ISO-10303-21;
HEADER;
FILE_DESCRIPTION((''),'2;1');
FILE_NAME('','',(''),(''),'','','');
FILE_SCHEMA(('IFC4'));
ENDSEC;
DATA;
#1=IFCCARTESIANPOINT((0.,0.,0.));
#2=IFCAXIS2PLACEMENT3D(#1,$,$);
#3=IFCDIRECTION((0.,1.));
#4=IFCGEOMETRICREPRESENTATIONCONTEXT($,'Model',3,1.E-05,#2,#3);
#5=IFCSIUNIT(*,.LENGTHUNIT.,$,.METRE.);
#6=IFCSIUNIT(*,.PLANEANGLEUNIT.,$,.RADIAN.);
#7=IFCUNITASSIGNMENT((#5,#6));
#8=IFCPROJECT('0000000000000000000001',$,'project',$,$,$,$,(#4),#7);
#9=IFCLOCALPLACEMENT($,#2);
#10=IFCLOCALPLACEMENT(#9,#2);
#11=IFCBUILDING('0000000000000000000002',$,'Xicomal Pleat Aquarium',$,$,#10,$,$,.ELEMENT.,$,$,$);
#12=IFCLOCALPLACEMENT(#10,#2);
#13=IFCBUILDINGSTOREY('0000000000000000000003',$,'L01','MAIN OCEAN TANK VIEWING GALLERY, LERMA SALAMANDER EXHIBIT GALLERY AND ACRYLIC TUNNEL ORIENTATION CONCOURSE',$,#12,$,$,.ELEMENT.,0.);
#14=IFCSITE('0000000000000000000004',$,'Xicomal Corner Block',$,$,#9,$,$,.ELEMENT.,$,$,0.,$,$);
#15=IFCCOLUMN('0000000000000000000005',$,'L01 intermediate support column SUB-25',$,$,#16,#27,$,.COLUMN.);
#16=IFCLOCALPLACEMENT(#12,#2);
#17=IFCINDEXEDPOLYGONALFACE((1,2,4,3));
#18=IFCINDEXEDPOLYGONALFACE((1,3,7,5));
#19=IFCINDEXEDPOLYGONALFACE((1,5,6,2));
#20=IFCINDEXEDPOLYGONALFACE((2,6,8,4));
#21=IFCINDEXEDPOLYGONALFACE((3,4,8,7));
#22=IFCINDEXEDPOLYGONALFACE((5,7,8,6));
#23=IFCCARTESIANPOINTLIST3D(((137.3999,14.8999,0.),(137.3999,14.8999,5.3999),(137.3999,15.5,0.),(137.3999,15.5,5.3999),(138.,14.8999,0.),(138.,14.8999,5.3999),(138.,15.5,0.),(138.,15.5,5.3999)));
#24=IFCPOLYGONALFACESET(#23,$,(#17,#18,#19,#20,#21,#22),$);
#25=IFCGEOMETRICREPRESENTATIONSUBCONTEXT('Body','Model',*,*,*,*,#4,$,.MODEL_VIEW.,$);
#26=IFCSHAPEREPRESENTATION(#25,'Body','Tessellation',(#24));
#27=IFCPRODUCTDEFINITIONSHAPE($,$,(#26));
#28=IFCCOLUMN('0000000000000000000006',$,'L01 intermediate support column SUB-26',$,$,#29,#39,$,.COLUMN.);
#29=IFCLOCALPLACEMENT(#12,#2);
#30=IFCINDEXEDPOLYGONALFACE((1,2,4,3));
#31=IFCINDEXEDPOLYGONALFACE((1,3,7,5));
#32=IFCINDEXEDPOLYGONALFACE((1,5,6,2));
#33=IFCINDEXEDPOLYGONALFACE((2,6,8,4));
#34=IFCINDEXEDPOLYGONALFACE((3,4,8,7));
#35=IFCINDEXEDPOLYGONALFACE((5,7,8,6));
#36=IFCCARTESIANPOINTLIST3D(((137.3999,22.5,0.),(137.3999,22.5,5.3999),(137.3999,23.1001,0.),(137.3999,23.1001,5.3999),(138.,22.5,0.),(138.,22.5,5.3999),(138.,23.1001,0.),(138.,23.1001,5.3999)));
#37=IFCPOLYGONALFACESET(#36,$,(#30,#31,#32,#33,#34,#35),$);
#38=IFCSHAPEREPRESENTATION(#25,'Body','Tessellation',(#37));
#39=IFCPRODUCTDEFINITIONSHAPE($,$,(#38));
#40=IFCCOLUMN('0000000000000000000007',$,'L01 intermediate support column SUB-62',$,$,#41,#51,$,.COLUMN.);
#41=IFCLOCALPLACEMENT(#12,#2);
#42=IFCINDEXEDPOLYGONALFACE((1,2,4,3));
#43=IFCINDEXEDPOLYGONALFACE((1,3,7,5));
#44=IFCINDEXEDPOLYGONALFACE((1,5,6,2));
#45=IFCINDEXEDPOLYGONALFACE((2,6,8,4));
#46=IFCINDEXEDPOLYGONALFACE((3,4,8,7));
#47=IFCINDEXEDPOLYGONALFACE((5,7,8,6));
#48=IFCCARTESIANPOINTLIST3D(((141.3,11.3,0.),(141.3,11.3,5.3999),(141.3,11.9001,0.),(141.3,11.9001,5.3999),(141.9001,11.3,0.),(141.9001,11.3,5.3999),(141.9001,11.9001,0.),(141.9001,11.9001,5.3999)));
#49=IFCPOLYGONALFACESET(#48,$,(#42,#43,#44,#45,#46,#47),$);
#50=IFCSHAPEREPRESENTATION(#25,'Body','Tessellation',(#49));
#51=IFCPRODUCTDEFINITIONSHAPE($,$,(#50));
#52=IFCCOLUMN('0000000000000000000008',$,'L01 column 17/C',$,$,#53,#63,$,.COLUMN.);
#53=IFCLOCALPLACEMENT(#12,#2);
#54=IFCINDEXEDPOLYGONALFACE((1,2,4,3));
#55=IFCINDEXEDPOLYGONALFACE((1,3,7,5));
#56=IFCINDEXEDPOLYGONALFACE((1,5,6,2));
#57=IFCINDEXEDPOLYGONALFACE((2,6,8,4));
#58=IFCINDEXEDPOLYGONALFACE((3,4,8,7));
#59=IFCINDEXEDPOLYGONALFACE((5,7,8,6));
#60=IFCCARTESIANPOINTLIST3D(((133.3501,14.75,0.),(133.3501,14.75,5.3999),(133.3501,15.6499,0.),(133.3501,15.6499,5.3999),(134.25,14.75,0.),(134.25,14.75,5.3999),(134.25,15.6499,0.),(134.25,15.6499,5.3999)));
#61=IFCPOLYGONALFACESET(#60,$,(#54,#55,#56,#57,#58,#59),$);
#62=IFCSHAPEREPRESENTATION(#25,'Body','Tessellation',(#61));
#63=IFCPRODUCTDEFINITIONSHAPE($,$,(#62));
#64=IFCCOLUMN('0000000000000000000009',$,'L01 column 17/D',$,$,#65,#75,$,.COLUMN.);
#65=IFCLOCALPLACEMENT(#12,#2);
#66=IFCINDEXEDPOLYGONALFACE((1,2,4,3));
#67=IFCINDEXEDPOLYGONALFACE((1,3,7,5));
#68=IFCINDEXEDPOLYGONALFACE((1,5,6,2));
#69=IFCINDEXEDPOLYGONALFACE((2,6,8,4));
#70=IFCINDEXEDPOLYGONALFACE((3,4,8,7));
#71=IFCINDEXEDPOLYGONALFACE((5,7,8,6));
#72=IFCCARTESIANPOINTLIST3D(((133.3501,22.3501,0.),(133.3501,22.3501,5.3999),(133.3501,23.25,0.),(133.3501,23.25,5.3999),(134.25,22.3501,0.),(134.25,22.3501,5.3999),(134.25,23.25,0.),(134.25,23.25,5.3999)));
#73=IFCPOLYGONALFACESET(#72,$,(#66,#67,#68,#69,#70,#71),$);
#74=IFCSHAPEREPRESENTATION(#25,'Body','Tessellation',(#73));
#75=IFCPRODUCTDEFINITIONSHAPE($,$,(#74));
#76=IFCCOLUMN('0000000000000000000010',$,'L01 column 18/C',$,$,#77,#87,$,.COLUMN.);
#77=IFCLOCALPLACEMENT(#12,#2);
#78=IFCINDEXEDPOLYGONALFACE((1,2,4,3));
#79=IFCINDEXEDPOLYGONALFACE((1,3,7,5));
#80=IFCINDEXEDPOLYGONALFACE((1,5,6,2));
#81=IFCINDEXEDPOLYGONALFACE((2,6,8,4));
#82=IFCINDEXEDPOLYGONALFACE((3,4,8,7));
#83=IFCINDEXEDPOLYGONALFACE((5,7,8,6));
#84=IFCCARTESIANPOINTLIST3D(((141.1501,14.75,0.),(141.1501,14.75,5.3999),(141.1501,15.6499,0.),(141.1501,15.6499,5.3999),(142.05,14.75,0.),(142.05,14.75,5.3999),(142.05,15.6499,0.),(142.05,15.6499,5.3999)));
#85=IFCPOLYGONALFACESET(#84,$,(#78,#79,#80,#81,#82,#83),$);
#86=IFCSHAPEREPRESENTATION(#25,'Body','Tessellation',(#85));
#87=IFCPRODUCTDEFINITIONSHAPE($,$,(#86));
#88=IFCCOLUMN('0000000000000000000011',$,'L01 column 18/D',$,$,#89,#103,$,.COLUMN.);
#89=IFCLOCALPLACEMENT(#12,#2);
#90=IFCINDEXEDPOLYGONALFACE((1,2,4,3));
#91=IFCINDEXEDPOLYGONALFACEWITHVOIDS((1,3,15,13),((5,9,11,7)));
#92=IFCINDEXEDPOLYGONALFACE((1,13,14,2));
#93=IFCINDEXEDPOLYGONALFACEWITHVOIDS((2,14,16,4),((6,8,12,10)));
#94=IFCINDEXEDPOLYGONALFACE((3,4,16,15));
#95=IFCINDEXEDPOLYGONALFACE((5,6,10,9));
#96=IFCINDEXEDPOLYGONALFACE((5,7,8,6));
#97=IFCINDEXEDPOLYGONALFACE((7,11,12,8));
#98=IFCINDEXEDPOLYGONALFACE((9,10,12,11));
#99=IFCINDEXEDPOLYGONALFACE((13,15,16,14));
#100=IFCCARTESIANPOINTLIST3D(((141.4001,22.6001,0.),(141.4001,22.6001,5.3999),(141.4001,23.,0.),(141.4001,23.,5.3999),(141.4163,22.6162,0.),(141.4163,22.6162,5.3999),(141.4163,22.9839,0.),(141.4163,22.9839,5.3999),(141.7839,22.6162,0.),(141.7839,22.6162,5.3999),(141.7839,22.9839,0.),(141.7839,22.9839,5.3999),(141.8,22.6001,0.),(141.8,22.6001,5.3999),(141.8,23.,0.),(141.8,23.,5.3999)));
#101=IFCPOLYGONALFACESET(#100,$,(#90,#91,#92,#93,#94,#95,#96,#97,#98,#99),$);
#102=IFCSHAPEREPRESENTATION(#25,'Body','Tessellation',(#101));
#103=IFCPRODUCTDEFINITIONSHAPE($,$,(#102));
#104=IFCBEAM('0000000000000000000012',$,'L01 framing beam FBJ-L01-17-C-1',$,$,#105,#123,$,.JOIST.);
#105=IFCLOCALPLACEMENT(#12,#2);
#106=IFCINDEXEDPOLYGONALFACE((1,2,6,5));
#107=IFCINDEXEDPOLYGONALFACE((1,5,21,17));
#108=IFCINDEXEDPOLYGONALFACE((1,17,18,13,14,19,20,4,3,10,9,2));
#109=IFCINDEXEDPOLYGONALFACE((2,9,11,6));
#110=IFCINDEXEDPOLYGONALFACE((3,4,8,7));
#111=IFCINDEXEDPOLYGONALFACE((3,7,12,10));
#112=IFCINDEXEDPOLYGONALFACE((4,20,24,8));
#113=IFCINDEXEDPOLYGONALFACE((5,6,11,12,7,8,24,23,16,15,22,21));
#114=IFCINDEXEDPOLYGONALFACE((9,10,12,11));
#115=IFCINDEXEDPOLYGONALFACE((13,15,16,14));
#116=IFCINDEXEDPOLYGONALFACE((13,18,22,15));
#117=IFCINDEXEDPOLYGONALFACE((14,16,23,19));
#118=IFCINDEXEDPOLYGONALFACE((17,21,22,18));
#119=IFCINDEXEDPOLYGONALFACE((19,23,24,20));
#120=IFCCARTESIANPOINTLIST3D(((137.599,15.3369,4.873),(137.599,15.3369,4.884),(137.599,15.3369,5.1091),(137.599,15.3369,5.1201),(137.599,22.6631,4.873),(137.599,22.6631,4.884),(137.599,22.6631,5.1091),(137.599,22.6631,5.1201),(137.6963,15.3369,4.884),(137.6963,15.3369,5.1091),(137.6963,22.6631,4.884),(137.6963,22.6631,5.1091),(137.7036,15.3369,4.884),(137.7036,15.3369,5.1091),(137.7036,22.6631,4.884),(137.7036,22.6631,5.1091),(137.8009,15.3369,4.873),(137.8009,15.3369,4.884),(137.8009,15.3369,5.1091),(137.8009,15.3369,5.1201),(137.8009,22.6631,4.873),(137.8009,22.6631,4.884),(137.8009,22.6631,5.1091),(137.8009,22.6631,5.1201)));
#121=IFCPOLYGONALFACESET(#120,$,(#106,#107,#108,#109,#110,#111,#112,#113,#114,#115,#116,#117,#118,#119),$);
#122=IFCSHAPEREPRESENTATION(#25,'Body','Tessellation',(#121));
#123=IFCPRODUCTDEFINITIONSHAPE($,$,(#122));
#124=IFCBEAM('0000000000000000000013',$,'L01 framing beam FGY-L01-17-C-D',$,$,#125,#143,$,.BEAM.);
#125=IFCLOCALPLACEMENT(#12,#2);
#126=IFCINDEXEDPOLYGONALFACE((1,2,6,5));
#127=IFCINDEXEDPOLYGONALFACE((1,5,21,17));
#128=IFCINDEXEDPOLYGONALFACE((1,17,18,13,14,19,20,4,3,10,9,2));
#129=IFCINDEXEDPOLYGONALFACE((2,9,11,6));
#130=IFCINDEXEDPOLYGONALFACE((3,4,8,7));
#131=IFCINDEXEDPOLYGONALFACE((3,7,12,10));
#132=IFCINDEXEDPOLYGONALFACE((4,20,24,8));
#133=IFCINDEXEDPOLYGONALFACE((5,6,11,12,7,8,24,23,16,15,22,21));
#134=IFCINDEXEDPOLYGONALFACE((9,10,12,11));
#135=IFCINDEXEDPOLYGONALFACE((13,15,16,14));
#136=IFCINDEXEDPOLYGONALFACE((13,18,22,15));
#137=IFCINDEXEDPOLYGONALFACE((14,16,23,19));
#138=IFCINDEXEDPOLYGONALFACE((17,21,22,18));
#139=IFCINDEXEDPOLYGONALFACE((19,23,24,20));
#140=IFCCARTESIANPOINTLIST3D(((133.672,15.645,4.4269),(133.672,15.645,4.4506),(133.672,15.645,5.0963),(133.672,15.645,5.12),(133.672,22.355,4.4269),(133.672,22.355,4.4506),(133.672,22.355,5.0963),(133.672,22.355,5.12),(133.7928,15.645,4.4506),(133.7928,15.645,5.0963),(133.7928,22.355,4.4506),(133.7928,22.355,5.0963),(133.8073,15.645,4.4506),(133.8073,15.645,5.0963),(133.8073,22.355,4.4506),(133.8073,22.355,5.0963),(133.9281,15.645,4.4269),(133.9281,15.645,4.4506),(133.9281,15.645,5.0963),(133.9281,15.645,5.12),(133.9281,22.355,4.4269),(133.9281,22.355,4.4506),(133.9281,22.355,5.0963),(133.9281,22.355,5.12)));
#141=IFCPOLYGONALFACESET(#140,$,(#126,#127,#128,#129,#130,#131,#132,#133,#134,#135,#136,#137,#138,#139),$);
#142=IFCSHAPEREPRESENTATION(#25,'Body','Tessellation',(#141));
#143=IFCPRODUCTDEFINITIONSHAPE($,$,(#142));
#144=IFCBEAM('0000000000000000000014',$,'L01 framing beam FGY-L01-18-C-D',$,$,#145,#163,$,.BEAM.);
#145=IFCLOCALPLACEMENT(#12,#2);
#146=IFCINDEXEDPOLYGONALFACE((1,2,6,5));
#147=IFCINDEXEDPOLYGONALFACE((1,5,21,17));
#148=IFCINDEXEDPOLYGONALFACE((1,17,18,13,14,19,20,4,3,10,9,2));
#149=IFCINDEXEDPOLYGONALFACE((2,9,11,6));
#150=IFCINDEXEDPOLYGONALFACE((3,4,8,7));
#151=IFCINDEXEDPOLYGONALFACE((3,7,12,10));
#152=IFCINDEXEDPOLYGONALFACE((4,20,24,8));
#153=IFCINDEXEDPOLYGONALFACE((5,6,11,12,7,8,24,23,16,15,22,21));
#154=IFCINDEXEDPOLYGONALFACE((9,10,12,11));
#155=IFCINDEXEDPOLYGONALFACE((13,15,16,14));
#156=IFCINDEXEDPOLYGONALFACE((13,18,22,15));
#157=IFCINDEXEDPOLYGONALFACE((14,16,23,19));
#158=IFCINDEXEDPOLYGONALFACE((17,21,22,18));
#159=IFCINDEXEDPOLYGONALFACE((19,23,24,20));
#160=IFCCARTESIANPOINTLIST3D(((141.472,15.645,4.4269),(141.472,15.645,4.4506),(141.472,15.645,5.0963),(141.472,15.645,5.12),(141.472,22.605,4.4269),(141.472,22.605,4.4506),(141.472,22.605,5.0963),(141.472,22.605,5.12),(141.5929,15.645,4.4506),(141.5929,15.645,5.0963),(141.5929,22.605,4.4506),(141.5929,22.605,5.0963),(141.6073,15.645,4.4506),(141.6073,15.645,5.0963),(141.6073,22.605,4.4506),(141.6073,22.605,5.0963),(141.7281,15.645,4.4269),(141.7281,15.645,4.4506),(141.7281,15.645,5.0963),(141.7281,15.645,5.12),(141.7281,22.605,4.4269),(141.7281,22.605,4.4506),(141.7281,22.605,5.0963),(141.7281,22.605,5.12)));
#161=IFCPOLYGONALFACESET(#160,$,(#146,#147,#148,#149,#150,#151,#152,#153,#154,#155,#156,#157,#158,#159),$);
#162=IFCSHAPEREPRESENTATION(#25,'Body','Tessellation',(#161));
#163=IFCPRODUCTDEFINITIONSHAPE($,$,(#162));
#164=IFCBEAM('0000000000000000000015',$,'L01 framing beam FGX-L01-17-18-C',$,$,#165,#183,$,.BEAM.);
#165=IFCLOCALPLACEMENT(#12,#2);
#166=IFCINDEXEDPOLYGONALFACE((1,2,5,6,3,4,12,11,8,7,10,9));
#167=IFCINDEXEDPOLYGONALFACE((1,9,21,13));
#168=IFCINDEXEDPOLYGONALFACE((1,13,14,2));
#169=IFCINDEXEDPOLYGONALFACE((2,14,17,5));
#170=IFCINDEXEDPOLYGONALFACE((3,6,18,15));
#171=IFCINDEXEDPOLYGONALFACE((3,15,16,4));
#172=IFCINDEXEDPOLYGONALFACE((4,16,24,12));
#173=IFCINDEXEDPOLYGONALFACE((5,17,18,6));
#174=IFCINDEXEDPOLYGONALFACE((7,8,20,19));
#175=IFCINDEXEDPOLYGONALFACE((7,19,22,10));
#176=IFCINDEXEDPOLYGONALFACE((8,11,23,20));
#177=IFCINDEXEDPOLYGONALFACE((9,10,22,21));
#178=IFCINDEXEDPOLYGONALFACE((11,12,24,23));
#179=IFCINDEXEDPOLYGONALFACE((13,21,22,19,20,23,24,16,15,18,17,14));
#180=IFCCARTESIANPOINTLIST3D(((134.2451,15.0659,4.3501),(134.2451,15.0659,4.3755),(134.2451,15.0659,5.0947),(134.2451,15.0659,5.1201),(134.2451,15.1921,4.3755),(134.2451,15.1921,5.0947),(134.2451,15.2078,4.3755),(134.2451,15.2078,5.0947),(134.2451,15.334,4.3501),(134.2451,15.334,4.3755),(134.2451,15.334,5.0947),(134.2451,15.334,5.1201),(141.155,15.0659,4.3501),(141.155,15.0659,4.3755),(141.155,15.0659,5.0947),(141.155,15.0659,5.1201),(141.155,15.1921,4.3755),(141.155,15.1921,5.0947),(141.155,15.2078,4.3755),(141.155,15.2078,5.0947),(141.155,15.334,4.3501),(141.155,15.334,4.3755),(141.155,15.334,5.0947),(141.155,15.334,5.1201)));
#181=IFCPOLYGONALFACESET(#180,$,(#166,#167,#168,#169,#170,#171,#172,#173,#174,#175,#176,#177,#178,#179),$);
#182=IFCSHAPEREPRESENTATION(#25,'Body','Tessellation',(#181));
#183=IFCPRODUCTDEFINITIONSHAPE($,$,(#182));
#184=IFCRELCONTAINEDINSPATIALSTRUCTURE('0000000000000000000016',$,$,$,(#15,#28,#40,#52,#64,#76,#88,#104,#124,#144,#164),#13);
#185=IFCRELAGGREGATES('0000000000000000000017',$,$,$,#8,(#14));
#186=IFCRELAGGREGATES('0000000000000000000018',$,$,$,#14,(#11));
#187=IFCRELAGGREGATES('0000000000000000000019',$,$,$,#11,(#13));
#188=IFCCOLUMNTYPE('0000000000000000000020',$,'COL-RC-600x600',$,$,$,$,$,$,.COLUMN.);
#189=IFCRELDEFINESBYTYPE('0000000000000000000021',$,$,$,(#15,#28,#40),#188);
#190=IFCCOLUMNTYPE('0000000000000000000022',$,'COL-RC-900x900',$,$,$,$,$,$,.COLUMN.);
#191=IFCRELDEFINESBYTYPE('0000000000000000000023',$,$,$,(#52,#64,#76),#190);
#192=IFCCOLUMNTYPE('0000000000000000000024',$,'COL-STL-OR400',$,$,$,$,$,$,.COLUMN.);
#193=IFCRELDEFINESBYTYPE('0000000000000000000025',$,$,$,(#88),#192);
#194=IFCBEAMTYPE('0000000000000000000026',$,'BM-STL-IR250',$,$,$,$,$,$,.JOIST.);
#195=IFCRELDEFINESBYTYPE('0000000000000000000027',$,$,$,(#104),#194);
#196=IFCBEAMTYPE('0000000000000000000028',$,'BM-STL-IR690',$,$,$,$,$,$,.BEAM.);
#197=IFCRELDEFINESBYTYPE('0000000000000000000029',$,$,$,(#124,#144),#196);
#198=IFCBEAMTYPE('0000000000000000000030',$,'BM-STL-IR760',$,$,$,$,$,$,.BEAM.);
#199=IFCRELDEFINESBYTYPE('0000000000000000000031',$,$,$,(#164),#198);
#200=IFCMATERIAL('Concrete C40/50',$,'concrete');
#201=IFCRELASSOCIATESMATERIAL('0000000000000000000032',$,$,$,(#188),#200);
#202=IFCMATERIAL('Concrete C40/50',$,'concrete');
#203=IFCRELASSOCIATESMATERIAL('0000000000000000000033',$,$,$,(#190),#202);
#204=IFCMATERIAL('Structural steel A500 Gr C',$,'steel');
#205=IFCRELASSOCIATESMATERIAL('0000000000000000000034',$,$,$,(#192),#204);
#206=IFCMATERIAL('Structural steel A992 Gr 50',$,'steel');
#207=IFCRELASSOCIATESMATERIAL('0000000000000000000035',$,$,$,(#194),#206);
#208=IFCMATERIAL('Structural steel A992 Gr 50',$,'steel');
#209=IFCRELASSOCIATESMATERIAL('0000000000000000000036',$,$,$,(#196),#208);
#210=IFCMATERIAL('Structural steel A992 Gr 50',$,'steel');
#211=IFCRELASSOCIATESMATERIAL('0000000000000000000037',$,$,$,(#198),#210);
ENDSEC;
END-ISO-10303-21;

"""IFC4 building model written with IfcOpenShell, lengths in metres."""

from ifc_helpers import new_model, si_unit, direction, frame, origin, origin_2d, place, context, subcontext, project, spatial, rectangle, hollow_rectangle, i_section, extrude, material, material_profile, profile_set, type_object, element, save


model = new_model("IFC4")

# Units and contexts
model_context = context("Model", 3, precision=1e-05, world=origin(), true_north=direction((0.0, 1.0)))
body_context = subcontext(model_context, "Body", "Model", "MODEL_VIEW")
ifc_project = project(units=[si_unit("LENGTHUNIT", "METRE"), si_unit("PLANEANGLEUNIT", "RADIAN")], contexts=[model_context])

# Site, building, storey
site_placement = place(None, origin())
site = spatial("IfcSite", under=ifc_project, at=site_placement, Name="Xicomal Corner Block", CompositionType="ELEMENT", RefElevation=0.0)
building_placement = place(site_placement, origin())
building = spatial("IfcBuilding", under=site, at=building_placement, Name="Xicomal Pleat Aquarium", CompositionType="ELEMENT")
storey_placement = place(building_placement, origin())
storey = spatial("IfcBuildingStorey", under=building, at=storey_placement, Name="L01", Description="MAIN OCEAN TANK VIEWING GALLERY, LERMA SALAMANDER EXHIBIT GALLERY AND ACRYLIC TUNNEL ORIENTATION CONCOURSE", CompositionType="ELEMENT", Elevation=0.0)

# Columns
ifc_material_1 = material(Name="Concrete C40/50", Category="concrete")
ifc_material_profile_1 = material_profile(ifc_material_1, rectangle(XDim=0.6001, YDim=0.6001, at=origin_2d()), Name="RC 600x600")
ifc_profile_set_1 = profile_set([ifc_material_profile_1], Name="Concrete C40/50")
column_type_1 = type_object("IfcColumnType", Name="COL-RC-600x600", PredefinedType="COLUMN", material=ifc_profile_set_1)
for number, where, z_axis, x_axis, name in (
    (1, (137.7, 15.2, 0.0), (0.0, 0.0, 1.0), (1.0, 0.0, 0.0), "L01 intermediate support column SUB-25"),
    (2, (137.7, 22.8, 0.0), (0.0, 0.0, 1.0), (1.0, 0.0, 0.0), "L01 intermediate support column SUB-26"),
    (3, (141.6001, 11.6001, 0.0), (0.0, 0.0, 1.0), (1.0, 0.0, 0.0), "L01 intermediate support column SUB-62"),
):
    element("IfcColumn", number, at=place(storey_placement, frame(where, z_axis=z_axis, x_axis=x_axis)), inside=storey, type_object=column_type_1, Name=name, PredefinedType="COLUMN", context=body_context, shape_type="SweptSolid", body=[
        extrude(rectangle(XDim=0.6001, YDim=0.6001, at=origin_2d()), origin(), (0.0, 0.0, 1.0), 5.3999),
    ])
ifc_material_2 = material(Name="Concrete C40/50", Category="concrete")
ifc_material_profile_2 = material_profile(ifc_material_2, rectangle(XDim=0.8999, YDim=0.8999, at=origin_2d()), Name="RC 900x900")
ifc_profile_set_2 = profile_set([ifc_material_profile_2], Name="Concrete C40/50")
column_type_2 = type_object("IfcColumnType", Name="COL-RC-900x900", PredefinedType="COLUMN", material=ifc_profile_set_2)
for number, where, z_axis, x_axis, name in (
    (4, (133.8, 15.2, 0.0), (0.0, 0.0, 1.0), (1.0, 0.0, 0.0), "L01 column 17/C"),
    (5, (133.8, 22.8, 0.0), (0.0, 0.0, 1.0), (1.0, 0.0, 0.0), "L01 column 17/D"),
    (6, (141.6001, 15.2, 0.0), (0.0, 0.0, 1.0), (1.0, 0.0, 0.0), "L01 column 18/C"),
):
    element("IfcColumn", number, at=place(storey_placement, frame(where, z_axis=z_axis, x_axis=x_axis)), inside=storey, type_object=column_type_2, Name=name, PredefinedType="COLUMN", context=body_context, shape_type="SweptSolid", body=[
        extrude(rectangle(XDim=0.8999, YDim=0.8999, at=origin_2d()), origin(), (0.0, 0.0, 1.0), 5.3999),
    ])
ifc_material_3 = material(Name="Structural steel A500 Gr C", Category="steel")
ifc_material_profile_3 = material_profile(ifc_material_3, hollow_rectangle(XDim=0.3999, YDim=0.3999, WallThickness=0.0161, at=origin_2d()), Name="OR 400x400x16")
ifc_profile_set_3 = profile_set([ifc_material_profile_3], Name="Structural steel A500 Gr C")
column_type_3 = type_object("IfcColumnType", Name="COL-STL-OR400", PredefinedType="COLUMN", material=ifc_profile_set_3)
column_placement = place(storey_placement, frame((141.6001, 22.8, 0.0), z_axis=(0.0, 0.0, 1.0), x_axis=(1.0, 0.0, 0.0)))
element("IfcColumn", 7, at=column_placement, inside=storey, type_object=column_type_3, Name="L01 column 18/D", PredefinedType="COLUMN", context=body_context, shape_type="SweptSolid", body=[
    extrude(hollow_rectangle(XDim=0.3999, YDim=0.3999, WallThickness=0.0161, at=origin_2d()), origin(), (0.0, 0.0, 1.0), 5.3999),
])

# Beams
ifc_material_4 = material(Name="Structural steel A992 Gr 50", Category="steel")
ifc_material_profile_4 = material_profile(ifc_material_4, i_section(OverallWidth=0.2019, OverallDepth=0.2471, WebThickness=0.0073, FlangeThickness=0.011, at=origin_2d()), Name="IR 250x49")
ifc_profile_set_4 = profile_set([ifc_material_profile_4], Name="Structural steel A992 Gr 50")
beam_type_1 = type_object("IfcBeamType", Name="BM-STL-IR250", PredefinedType="JOIST", material=ifc_profile_set_4)
beam_1_placement = place(storey_placement, frame((137.7, 15.3369, 4.9966), z_axis=(0.0, 1.0, 0.0), x_axis=(-1.0, 0.0, 0.0)))
element("IfcBeam", 8, at=beam_1_placement, inside=storey, type_object=beam_type_1, Name="L01 framing beam FBJ-L01-17-C-1", PredefinedType="JOIST", context=body_context, shape_type="SweptSolid", body=[
    extrude(i_section(OverallWidth=0.2019, OverallDepth=0.2471, WebThickness=0.0073, FlangeThickness=0.011, at=origin_2d()), origin(), (0.0, 0.0, 1.0), 7.3262),
])
ifc_material_5 = material(Name="Structural steel A992 Gr 50", Category="steel")
ifc_material_profile_5 = material_profile(ifc_material_5, i_section(OverallWidth=0.2561, OverallDepth=0.6931, WebThickness=0.0144, FlangeThickness=0.0237, at=origin_2d()), Name="IR 690x170")
ifc_profile_set_5 = profile_set([ifc_material_profile_5], Name="Structural steel A992 Gr 50")
beam_type_2 = type_object("IfcBeamType", Name="BM-STL-IR690", PredefinedType="BEAM", material=ifc_profile_set_5)
beam_2_placement = place(storey_placement, frame((133.8, 15.645, 4.7734), z_axis=(0.0, 1.0, 0.0), x_axis=(-1.0, 0.0, 0.0)))
element("IfcBeam", 9, at=beam_2_placement, inside=storey, type_object=beam_type_2, Name="L01 framing beam FGY-L01-17-C-D", PredefinedType="BEAM", context=body_context, shape_type="SweptSolid", body=[
    extrude(i_section(OverallWidth=0.2561, OverallDepth=0.6931, WebThickness=0.0144, FlangeThickness=0.0237, at=origin_2d()), origin(), (0.0, 0.0, 1.0), 6.71),
])
beam_3_placement = place(storey_placement, frame((141.6001, 15.645, 4.7734), z_axis=(0.0, 1.0, 0.0), x_axis=(-1.0, 0.0, 0.0)))
element("IfcBeam", 10, at=beam_3_placement, inside=storey, type_object=beam_type_2, Name="L01 framing beam FGY-L01-18-C-D", PredefinedType="BEAM", context=body_context, shape_type="SweptSolid", body=[
    extrude(i_section(OverallWidth=0.2561, OverallDepth=0.6931, WebThickness=0.0144, FlangeThickness=0.0237, at=origin_2d()), origin(), (0.0, 0.0, 1.0), 6.96),
])
ifc_material_6 = material(Name="Structural steel A992 Gr 50", Category="steel")
ifc_material_profile_6 = material_profile(ifc_material_6, i_section(OverallWidth=0.2681, OverallDepth=0.77, WebThickness=0.0156, FlangeThickness=0.0254, at=origin_2d()), Name="IR 760x196")
ifc_profile_set_6 = profile_set([ifc_material_profile_6], Name="Structural steel A992 Gr 50")
beam_type_3 = type_object("IfcBeamType", Name="BM-STL-IR760", PredefinedType="BEAM", material=ifc_profile_set_6)
beam_4_placement = place(storey_placement, frame((134.2451, 15.2, 4.7351), z_axis=(1.0, 0.0, 0.0), x_axis=(0.0, 1.0, 0.0)))
element("IfcBeam", 11, at=beam_4_placement, inside=storey, type_object=beam_type_3, Name="L01 framing beam FGX-L01-17-18-C", PredefinedType="BEAM", context=body_context, shape_type="SweptSolid", body=[
    extrude(i_section(OverallWidth=0.2681, OverallDepth=0.77, WebThickness=0.0156, FlangeThickness=0.0254, at=origin_2d()), origin(), (0.0, 0.0, 1.0), 6.9099),
])

save(model, "model.ifc")
